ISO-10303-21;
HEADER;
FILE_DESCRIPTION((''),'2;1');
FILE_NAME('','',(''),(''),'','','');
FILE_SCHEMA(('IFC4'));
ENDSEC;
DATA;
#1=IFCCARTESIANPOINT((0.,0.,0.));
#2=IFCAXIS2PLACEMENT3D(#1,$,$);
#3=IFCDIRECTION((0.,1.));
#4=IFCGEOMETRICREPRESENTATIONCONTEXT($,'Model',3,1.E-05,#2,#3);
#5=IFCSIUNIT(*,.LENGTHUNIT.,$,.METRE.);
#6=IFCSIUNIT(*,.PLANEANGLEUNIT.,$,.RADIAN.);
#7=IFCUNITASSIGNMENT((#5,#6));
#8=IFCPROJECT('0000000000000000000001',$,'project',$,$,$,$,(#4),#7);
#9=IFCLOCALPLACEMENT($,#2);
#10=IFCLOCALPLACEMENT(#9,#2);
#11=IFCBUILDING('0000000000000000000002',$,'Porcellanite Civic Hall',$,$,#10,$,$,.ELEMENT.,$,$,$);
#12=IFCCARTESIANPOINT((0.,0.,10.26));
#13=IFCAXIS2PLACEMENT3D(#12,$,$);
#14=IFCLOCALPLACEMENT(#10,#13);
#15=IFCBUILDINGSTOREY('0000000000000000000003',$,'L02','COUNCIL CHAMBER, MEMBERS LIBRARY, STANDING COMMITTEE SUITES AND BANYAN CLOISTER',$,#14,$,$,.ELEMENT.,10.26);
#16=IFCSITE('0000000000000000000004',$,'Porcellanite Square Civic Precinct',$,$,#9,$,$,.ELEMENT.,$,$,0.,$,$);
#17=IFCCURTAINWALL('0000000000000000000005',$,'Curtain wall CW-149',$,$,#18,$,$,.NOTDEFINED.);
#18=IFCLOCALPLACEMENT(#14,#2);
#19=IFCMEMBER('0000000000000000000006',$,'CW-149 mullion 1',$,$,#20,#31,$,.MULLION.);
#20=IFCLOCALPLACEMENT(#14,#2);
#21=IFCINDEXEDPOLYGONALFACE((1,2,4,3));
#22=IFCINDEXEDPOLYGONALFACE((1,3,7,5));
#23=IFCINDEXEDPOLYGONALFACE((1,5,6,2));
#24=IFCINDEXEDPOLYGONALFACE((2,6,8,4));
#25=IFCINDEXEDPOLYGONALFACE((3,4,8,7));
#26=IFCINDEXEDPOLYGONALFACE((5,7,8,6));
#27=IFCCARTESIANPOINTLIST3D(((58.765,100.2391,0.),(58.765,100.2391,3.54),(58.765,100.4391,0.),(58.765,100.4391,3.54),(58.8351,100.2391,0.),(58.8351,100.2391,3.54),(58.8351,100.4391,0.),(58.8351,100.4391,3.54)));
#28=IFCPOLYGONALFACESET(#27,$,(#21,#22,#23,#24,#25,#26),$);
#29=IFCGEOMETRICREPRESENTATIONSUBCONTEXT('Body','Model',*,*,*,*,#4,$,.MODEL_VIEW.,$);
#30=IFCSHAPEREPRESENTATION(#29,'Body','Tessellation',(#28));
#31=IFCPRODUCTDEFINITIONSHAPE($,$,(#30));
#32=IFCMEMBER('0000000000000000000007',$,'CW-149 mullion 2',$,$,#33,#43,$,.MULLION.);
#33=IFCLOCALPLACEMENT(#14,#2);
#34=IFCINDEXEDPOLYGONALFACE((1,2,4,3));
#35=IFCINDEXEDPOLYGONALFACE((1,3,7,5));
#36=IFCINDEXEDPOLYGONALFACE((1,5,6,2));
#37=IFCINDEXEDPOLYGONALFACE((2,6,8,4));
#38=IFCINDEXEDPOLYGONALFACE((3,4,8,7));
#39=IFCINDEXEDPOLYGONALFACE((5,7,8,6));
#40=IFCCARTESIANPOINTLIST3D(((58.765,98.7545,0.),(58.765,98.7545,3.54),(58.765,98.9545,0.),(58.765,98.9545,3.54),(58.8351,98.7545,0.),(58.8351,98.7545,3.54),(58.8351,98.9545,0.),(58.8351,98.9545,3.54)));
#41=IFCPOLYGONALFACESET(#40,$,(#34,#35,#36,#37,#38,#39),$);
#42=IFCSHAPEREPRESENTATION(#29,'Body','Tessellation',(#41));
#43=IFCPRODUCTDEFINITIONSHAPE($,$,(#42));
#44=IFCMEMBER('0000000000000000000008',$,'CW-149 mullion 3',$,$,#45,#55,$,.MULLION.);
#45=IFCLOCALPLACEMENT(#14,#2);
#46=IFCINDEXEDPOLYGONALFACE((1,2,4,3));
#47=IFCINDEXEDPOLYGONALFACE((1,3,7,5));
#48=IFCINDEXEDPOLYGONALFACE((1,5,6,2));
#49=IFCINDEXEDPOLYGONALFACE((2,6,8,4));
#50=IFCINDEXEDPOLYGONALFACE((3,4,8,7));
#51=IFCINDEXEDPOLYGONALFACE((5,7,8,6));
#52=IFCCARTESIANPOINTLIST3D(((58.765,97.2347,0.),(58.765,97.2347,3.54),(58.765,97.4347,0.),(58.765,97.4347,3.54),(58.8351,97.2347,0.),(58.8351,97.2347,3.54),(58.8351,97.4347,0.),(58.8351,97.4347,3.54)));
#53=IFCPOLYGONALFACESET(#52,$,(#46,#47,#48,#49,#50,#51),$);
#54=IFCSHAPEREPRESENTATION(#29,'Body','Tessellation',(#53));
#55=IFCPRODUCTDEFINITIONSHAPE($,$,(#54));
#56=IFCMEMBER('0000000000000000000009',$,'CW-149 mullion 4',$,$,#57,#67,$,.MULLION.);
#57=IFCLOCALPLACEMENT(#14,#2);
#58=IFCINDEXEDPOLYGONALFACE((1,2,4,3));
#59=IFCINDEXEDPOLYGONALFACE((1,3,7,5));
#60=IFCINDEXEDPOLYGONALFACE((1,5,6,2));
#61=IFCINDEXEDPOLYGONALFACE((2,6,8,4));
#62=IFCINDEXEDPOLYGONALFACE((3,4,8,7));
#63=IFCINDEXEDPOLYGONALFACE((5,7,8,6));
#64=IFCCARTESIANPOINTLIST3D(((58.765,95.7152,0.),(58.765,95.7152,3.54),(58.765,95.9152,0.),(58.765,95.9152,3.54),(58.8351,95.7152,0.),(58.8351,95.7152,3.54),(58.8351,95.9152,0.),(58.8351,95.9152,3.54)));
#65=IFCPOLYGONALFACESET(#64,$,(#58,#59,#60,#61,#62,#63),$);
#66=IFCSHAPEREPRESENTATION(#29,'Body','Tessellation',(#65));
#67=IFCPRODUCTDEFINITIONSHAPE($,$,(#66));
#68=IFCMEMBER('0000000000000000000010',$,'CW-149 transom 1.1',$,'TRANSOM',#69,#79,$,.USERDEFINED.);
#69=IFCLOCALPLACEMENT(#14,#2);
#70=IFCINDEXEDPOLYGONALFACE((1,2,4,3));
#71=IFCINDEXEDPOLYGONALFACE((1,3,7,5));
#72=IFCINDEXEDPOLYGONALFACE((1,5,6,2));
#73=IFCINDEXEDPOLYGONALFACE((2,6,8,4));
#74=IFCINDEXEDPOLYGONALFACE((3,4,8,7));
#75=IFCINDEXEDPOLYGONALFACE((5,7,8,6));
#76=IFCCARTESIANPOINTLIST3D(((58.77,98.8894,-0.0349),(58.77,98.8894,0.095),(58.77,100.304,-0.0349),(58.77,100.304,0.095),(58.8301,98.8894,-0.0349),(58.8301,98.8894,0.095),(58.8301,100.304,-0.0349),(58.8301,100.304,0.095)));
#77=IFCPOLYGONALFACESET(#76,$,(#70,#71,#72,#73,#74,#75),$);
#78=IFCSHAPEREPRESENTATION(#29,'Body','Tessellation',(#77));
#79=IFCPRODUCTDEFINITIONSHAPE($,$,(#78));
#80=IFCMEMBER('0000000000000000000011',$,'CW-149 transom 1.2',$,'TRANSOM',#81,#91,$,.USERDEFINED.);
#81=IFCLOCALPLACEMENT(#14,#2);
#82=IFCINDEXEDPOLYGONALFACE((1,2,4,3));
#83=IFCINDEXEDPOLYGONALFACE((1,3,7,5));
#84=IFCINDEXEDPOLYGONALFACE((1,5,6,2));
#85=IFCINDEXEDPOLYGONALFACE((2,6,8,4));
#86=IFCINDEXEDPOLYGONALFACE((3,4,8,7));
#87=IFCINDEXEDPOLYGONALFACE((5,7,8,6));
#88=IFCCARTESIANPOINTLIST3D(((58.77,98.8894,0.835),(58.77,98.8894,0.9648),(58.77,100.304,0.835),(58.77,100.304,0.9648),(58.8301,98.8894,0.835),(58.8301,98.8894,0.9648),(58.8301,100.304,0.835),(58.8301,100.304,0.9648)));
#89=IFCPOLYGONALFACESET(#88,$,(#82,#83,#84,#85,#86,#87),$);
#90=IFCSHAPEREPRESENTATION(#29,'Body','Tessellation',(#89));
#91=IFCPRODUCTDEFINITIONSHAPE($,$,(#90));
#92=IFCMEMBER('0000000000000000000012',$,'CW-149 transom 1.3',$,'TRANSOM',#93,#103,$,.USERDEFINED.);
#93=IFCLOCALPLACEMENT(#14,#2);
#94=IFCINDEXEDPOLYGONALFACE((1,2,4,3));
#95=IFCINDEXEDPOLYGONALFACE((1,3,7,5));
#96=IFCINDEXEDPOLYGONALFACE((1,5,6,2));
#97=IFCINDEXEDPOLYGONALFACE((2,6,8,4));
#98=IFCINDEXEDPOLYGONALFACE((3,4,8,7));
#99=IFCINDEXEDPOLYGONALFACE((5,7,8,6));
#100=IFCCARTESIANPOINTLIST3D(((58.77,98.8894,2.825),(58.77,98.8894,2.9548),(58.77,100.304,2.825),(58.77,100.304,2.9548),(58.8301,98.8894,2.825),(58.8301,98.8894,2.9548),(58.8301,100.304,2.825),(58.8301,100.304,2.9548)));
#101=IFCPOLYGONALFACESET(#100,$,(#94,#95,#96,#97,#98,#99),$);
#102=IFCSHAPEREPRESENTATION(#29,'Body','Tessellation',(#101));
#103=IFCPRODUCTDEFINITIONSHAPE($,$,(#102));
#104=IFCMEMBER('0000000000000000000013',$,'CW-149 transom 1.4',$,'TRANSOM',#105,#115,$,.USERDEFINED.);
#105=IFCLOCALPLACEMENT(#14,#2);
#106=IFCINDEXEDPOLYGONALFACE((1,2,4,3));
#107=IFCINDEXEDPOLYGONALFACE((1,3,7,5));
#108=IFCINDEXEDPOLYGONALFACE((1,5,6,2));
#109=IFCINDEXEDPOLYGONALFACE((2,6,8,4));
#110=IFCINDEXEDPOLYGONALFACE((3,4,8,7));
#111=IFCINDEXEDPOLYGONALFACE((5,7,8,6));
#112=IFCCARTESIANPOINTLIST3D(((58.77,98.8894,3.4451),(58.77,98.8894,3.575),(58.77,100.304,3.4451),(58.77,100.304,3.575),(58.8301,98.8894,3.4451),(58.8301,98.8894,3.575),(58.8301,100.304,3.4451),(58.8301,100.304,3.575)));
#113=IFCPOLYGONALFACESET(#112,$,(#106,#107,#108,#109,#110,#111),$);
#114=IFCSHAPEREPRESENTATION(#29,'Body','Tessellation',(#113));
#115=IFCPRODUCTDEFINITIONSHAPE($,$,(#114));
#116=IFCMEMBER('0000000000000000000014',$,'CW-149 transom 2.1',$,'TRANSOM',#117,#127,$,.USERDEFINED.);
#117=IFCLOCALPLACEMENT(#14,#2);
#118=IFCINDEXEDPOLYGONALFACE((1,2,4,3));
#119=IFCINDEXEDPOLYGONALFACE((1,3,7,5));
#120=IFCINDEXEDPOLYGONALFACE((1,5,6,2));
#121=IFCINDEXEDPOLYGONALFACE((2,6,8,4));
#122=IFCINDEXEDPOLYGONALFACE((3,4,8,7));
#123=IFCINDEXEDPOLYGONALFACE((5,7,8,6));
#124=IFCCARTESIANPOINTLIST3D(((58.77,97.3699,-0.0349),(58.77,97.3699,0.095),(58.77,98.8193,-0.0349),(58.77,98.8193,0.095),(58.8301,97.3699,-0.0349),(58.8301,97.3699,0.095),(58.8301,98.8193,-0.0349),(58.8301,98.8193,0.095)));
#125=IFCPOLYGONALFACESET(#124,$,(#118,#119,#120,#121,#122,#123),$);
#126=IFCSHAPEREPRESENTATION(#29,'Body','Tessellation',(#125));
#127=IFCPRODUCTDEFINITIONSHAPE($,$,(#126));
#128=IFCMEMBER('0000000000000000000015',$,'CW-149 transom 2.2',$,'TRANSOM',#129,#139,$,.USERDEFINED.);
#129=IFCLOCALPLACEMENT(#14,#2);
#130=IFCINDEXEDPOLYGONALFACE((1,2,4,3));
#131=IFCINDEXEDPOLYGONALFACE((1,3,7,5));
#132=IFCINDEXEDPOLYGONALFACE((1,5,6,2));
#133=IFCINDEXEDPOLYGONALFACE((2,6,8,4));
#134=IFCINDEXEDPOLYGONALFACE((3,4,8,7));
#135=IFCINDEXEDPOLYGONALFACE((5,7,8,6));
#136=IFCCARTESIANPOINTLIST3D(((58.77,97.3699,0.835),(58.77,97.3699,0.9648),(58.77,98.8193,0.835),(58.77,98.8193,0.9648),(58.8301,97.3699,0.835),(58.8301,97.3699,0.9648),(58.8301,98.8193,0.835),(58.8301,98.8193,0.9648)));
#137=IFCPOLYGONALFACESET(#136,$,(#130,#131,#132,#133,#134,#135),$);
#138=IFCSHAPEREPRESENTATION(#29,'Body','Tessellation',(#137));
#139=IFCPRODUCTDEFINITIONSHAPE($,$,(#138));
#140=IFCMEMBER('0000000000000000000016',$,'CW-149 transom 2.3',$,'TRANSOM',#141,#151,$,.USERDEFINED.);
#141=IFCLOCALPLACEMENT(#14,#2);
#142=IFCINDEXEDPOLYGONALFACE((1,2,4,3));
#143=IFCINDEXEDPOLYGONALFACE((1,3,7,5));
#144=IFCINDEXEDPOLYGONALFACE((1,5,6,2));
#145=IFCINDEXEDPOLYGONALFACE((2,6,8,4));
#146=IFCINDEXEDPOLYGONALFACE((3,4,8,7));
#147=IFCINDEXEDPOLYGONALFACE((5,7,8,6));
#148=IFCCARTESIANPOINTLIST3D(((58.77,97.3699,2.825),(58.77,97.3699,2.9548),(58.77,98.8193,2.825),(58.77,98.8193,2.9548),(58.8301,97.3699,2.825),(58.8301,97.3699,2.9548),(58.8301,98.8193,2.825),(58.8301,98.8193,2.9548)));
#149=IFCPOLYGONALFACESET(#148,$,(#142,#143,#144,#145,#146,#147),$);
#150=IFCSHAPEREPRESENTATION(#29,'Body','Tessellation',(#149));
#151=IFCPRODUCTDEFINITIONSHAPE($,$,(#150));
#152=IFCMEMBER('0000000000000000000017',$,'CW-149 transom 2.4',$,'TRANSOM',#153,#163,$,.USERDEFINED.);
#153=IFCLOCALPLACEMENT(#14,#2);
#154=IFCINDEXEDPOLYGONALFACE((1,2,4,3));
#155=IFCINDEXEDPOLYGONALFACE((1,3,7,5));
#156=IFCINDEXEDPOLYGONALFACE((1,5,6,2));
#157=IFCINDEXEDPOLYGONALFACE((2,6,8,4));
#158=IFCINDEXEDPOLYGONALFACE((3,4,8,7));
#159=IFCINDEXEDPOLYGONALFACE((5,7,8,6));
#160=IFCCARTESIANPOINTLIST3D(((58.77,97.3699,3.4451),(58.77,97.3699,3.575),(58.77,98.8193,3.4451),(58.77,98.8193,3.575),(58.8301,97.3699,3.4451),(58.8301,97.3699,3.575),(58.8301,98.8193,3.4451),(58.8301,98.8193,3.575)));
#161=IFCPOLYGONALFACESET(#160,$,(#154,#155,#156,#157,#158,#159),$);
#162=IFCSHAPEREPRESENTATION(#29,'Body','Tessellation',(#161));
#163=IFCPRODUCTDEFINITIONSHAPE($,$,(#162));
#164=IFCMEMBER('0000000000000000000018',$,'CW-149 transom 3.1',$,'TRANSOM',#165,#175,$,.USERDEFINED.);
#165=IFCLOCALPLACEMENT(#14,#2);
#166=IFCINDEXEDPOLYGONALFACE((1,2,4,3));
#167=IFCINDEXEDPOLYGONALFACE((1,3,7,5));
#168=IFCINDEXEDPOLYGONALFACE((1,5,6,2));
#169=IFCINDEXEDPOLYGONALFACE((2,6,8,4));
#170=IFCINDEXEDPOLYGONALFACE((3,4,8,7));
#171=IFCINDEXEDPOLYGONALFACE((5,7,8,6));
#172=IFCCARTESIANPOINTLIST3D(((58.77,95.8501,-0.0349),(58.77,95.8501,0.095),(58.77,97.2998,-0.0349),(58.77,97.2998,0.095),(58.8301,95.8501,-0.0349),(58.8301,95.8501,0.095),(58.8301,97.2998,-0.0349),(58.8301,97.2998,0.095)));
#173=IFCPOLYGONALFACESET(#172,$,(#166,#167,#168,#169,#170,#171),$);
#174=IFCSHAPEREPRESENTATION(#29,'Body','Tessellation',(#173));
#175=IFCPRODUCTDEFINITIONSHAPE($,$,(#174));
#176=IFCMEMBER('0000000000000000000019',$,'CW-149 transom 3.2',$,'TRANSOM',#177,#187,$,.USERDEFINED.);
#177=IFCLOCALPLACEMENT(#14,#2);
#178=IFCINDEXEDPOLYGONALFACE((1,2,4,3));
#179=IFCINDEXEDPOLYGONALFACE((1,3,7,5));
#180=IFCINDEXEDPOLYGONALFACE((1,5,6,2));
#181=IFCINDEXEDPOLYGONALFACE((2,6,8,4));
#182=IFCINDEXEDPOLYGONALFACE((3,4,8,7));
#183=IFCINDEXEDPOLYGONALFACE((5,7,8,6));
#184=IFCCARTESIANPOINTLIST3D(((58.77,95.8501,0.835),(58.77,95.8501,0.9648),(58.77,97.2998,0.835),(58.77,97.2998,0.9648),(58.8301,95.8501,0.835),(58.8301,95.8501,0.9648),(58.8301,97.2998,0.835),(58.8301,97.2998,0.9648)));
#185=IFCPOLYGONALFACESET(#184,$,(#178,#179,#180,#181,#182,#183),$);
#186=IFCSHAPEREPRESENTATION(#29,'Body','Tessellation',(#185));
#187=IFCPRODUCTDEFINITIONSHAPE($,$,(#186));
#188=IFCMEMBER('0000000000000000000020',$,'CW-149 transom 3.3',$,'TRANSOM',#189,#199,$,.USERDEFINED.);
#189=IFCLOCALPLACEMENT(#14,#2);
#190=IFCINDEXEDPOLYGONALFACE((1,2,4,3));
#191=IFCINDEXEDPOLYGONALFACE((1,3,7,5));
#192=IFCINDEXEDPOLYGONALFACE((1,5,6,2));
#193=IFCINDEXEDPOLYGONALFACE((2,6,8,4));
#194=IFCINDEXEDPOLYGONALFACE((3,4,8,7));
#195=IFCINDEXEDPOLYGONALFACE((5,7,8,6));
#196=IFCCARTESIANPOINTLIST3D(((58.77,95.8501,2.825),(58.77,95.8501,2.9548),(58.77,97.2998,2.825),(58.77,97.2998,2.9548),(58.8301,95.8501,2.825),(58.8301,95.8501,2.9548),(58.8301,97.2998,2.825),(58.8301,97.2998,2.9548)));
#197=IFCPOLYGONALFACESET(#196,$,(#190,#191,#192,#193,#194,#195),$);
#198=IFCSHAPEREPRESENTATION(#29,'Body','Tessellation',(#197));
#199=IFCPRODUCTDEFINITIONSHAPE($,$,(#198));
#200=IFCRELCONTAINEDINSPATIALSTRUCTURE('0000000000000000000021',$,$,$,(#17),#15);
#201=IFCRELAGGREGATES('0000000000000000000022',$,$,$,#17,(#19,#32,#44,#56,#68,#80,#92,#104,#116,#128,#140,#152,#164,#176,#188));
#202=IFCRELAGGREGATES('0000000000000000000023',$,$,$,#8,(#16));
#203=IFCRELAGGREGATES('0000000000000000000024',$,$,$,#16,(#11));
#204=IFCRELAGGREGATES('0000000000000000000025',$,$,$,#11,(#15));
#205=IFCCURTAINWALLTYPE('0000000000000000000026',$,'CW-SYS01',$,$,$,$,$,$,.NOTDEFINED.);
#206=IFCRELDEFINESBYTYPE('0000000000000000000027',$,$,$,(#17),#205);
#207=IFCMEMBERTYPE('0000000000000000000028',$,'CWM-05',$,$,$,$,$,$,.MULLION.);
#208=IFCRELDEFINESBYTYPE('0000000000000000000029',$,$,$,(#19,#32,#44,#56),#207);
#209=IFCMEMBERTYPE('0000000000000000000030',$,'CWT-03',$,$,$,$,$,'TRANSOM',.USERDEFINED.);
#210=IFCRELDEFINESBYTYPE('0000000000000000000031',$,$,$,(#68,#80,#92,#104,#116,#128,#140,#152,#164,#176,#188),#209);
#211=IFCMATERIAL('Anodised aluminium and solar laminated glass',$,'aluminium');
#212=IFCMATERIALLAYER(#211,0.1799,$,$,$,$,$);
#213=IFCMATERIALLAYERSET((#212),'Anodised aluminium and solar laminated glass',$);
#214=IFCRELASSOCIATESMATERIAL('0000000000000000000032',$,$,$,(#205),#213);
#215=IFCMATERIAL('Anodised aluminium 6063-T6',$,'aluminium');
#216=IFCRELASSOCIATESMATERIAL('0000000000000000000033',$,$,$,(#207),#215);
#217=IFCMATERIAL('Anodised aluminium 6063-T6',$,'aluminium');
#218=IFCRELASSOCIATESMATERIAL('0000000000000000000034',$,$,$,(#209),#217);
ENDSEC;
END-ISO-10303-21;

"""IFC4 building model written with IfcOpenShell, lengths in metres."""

from ifc_helpers import new_model, si_unit, direction, frame, origin, origin_2d, place, context, subcontext, project, spatial, rectangle, extrude, material, layer, layer_set, material_profile, profile_set, type_object, element, aggregate, save


model = new_model("IFC4")

# Units and contexts
model_context = context("Model", 3, precision=1e-05, world=origin(), true_north=direction((0.0, 1.0)))
body_context = subcontext(model_context, "Body", "Model", "MODEL_VIEW")
ifc_project = project(units=[si_unit("LENGTHUNIT", "METRE"), si_unit("PLANEANGLEUNIT", "RADIAN")], contexts=[model_context])

# Site, building, storey
site_placement = place(None, origin())
site = spatial("IfcSite", under=ifc_project, at=site_placement, Name="Porcellanite Square Civic Precinct", CompositionType="ELEMENT", RefElevation=0.0)
building_placement = place(site_placement, origin())
building = spatial("IfcBuilding", under=site, at=building_placement, Name="Porcellanite Civic Hall", CompositionType="ELEMENT")
storey_placement = place(building_placement, frame((0.0, 0.0, 10.26)))
storey = spatial("IfcBuildingStorey", under=building, at=storey_placement, Name="L02", Description="COUNCIL CHAMBER, MEMBERS LIBRARY, STANDING COMMITTEE SUITES AND BANYAN CLOISTER", CompositionType="ELEMENT", Elevation=10.26)

# Curtain wall, members
ifc_material_1 = material(Name="Anodised aluminium and solar laminated glass", Category="aluminium")
ifc_layer_1 = layer(ifc_material_1, 0.1799)
ifc_layer_set_1 = layer_set([ifc_layer_1], Name="Anodised aluminium and solar laminated glass")
curtain_wall_type = type_object("IfcCurtainWallType", Name="CW-SYS01", PredefinedType="NOTDEFINED", material=ifc_layer_set_1)
curtain_wall_placement = place(storey_placement, origin())
curtain_wall = element("IfcCurtainWall", 1, at=curtain_wall_placement, inside=storey, type_object=curtain_wall_type, Name="Curtain wall CW-149", PredefinedType="NOTDEFINED")
ifc_material_2 = material(Name="Anodised aluminium 6063-T6", Category="aluminium")
ifc_material_profile_1 = material_profile(ifc_material_2, rectangle(XDim=0.0701, YDim=0.2, at=origin_2d()), Name="AL-70x200")
ifc_profile_set_1 = profile_set([ifc_material_profile_1], Name="Anodised aluminium 6063-T6")
member_type_1 = type_object("IfcMemberType", Name="CWM-05", PredefinedType="MULLION", material=ifc_profile_set_1)
member_1_placement = place(storey_placement, frame((58.8, 100.3391, 0.0), z_axis=(0.0, 0.0, 1.0), x_axis=(1.0, 0.0, 0.0)))
member_1 = element("IfcMember", 2, at=member_1_placement, type_object=member_type_1, Name="CW-149 mullion 1", PredefinedType="MULLION", context=body_context, shape_type="SweptSolid", body=[
    extrude(rectangle(XDim=0.0701, YDim=0.2, at=origin_2d()), origin(), (0.0, 0.0, 1.0), 3.54),
])
member_2_placement = place(storey_placement, frame((58.8, 98.8545, 0.0), z_axis=(0.0, 0.0, 1.0), x_axis=(1.0, 0.0, 0.0)))
member_2 = element("IfcMember", 3, at=member_2_placement, type_object=member_type_1, Name="CW-149 mullion 2", PredefinedType="MULLION", context=body_context, shape_type="SweptSolid", body=[
    extrude(rectangle(XDim=0.0701, YDim=0.2, at=origin_2d()), origin(), (0.0, 0.0, 1.0), 3.54),
])
member_3_placement = place(storey_placement, frame((58.8, 97.3347, 0.0), z_axis=(0.0, 0.0, 1.0), x_axis=(1.0, 0.0, 0.0)))
member_3 = element("IfcMember", 4, at=member_3_placement, type_object=member_type_1, Name="CW-149 mullion 3", PredefinedType="MULLION", context=body_context, shape_type="SweptSolid", body=[
    extrude(rectangle(XDim=0.0701, YDim=0.2, at=origin_2d()), origin(), (0.0, 0.0, 1.0), 3.54),
])
member_4_placement = place(storey_placement, frame((58.8, 95.8152, 0.0), z_axis=(0.0, 0.0, 1.0), x_axis=(1.0, 0.0, 0.0)))
member_4 = element("IfcMember", 5, at=member_4_placement, type_object=member_type_1, Name="CW-149 mullion 4", PredefinedType="MULLION", context=body_context, shape_type="SweptSolid", body=[
    extrude(rectangle(XDim=0.0701, YDim=0.2, at=origin_2d()), origin(), (0.0, 0.0, 1.0), 3.54),
])
ifc_material_3 = material(Name="Anodised aluminium 6063-T6", Category="aluminium")
ifc_material_profile_2 = material_profile(ifc_material_3, rectangle(XDim=0.0601, YDim=0.1299, at=origin_2d()), Name="AL-60x130")
ifc_profile_set_2 = profile_set([ifc_material_profile_2], Name="Anodised aluminium 6063-T6")
member_type_2 = type_object("IfcMemberType", Name="CWT-03", ElementType="TRANSOM", PredefinedType="USERDEFINED", material=ifc_profile_set_2)
member_5_placement = place(storey_placement, frame((58.8, 100.304, 0.03), z_axis=(0.0, -1.0, 0.0), x_axis=(1.0, 0.0, 0.0)))
member_5 = element("IfcMember", 6, at=member_5_placement, type_object=member_type_2, Name="CW-149 transom 1.1", ObjectType="TRANSOM", PredefinedType="USERDEFINED", context=body_context, shape_type="SweptSolid", body=[
    extrude(rectangle(XDim=0.0601, YDim=0.1299, at=origin_2d()), origin(), (0.0, 0.0, 1.0), 1.4146),
])
member_6_placement = place(storey_placement, frame((58.8, 100.304, 0.8999), z_axis=(0.0, -1.0, 0.0), x_axis=(1.0, 0.0, 0.0)))
member_6 = element("IfcMember", 7, at=member_6_placement, type_object=member_type_2, Name="CW-149 transom 1.2", ObjectType="TRANSOM", PredefinedType="USERDEFINED", context=body_context, shape_type="SweptSolid", body=[
    extrude(rectangle(XDim=0.0601, YDim=0.1299, at=origin_2d()), origin(), (0.0, 0.0, 1.0), 1.4146),
])
member_7_placement = place(storey_placement, frame((58.8, 100.304, 2.8899), z_axis=(0.0, -1.0, 0.0), x_axis=(1.0, 0.0, 0.0)))
member_7 = element("IfcMember", 8, at=member_7_placement, type_object=member_type_2, Name="CW-149 transom 1.3", ObjectType="TRANSOM", PredefinedType="USERDEFINED", context=body_context, shape_type="SweptSolid", body=[
    extrude(rectangle(XDim=0.0601, YDim=0.1299, at=origin_2d()), origin(), (0.0, 0.0, 1.0), 1.4146),
])
member_8_placement = place(storey_placement, frame((58.8, 100.304, 3.51), z_axis=(0.0, -1.0, 0.0), x_axis=(1.0, 0.0, 0.0)))
member_8 = element("IfcMember", 9, at=member_8_placement, type_object=member_type_2, Name="CW-149 transom 1.4", ObjectType="TRANSOM", PredefinedType="USERDEFINED", context=body_context, shape_type="SweptSolid", body=[
    extrude(rectangle(XDim=0.0601, YDim=0.1299, at=origin_2d()), origin(), (0.0, 0.0, 1.0), 1.4146),
])
member_9_placement = place(storey_placement, frame((58.8, 98.8193, 0.03), z_axis=(0.0, -1.0, 0.0), x_axis=(1.0, 0.0, 0.0)))
member_9 = element("IfcMember", 10, at=member_9_placement, type_object=member_type_2, Name="CW-149 transom 2.1", ObjectType="TRANSOM", PredefinedType="USERDEFINED", context=body_context, shape_type="SweptSolid", body=[
    extrude(rectangle(XDim=0.0601, YDim=0.1299, at=origin_2d()), origin(), (0.0, 0.0, 1.0), 1.4495),
])
member_10_placement = place(storey_placement, frame((58.8, 98.8193, 0.8999), z_axis=(0.0, -1.0, 0.0), x_axis=(1.0, 0.0, 0.0)))
member_10 = element("IfcMember", 11, at=member_10_placement, type_object=member_type_2, Name="CW-149 transom 2.2", ObjectType="TRANSOM", PredefinedType="USERDEFINED", context=body_context, shape_type="SweptSolid", body=[
    extrude(rectangle(XDim=0.0601, YDim=0.1299, at=origin_2d()), origin(), (0.0, 0.0, 1.0), 1.4495),
])
member_11_placement = place(storey_placement, frame((58.8, 98.8193, 2.8899), z_axis=(0.0, -1.0, 0.0), x_axis=(1.0, 0.0, 0.0)))
member_11 = element("IfcMember", 12, at=member_11_placement, type_object=member_type_2, Name="CW-149 transom 2.3", ObjectType="TRANSOM", PredefinedType="USERDEFINED", context=body_context, shape_type="SweptSolid", body=[
    extrude(rectangle(XDim=0.0601, YDim=0.1299, at=origin_2d()), origin(), (0.0, 0.0, 1.0), 1.4495),
])
member_12_placement = place(storey_placement, frame((58.8, 98.8193, 3.51), z_axis=(0.0, -1.0, 0.0), x_axis=(1.0, 0.0, 0.0)))
member_12 = element("IfcMember", 13, at=member_12_placement, type_object=member_type_2, Name="CW-149 transom 2.4", ObjectType="TRANSOM", PredefinedType="USERDEFINED", context=body_context, shape_type="SweptSolid", body=[
    extrude(rectangle(XDim=0.0601, YDim=0.1299, at=origin_2d()), origin(), (0.0, 0.0, 1.0), 1.4495),
])
member_13_placement = place(storey_placement, frame((58.8, 97.2998, 0.03), z_axis=(0.0, -1.0, 0.0), x_axis=(1.0, 0.0, 0.0)))
member_13 = element("IfcMember", 14, at=member_13_placement, type_object=member_type_2, Name="CW-149 transom 3.1", ObjectType="TRANSOM", PredefinedType="USERDEFINED", context=body_context, shape_type="SweptSolid", body=[
    extrude(rectangle(XDim=0.0601, YDim=0.1299, at=origin_2d()), origin(), (0.0, 0.0, 1.0), 1.4497),
])
member_14_placement = place(storey_placement, frame((58.8, 97.2998, 0.8999), z_axis=(0.0, -1.0, 0.0), x_axis=(1.0, 0.0, 0.0)))
member_14 = element("IfcMember", 15, at=member_14_placement, type_object=member_type_2, Name="CW-149 transom 3.2", ObjectType="TRANSOM", PredefinedType="USERDEFINED", context=body_context, shape_type="SweptSolid", body=[
    extrude(rectangle(XDim=0.0601, YDim=0.1299, at=origin_2d()), origin(), (0.0, 0.0, 1.0), 1.4497),
])
member_15_placement = place(storey_placement, frame((58.8, 97.2998, 2.8899), z_axis=(0.0, -1.0, 0.0), x_axis=(1.0, 0.0, 0.0)))
member_15 = element("IfcMember", 16, at=member_15_placement, type_object=member_type_2, Name="CW-149 transom 3.3", ObjectType="TRANSOM", PredefinedType="USERDEFINED", context=body_context, shape_type="SweptSolid", body=[
    extrude(rectangle(XDim=0.0601, YDim=0.1299, at=origin_2d()), origin(), (0.0, 0.0, 1.0), 1.4497),
])

aggregate(curtain_wall, [member_1, member_2, member_3, member_4, member_5, member_6, member_7, member_8, member_9, member_10, member_11, member_12, member_13, member_14, member_15])

save(model, "model.ifc")
